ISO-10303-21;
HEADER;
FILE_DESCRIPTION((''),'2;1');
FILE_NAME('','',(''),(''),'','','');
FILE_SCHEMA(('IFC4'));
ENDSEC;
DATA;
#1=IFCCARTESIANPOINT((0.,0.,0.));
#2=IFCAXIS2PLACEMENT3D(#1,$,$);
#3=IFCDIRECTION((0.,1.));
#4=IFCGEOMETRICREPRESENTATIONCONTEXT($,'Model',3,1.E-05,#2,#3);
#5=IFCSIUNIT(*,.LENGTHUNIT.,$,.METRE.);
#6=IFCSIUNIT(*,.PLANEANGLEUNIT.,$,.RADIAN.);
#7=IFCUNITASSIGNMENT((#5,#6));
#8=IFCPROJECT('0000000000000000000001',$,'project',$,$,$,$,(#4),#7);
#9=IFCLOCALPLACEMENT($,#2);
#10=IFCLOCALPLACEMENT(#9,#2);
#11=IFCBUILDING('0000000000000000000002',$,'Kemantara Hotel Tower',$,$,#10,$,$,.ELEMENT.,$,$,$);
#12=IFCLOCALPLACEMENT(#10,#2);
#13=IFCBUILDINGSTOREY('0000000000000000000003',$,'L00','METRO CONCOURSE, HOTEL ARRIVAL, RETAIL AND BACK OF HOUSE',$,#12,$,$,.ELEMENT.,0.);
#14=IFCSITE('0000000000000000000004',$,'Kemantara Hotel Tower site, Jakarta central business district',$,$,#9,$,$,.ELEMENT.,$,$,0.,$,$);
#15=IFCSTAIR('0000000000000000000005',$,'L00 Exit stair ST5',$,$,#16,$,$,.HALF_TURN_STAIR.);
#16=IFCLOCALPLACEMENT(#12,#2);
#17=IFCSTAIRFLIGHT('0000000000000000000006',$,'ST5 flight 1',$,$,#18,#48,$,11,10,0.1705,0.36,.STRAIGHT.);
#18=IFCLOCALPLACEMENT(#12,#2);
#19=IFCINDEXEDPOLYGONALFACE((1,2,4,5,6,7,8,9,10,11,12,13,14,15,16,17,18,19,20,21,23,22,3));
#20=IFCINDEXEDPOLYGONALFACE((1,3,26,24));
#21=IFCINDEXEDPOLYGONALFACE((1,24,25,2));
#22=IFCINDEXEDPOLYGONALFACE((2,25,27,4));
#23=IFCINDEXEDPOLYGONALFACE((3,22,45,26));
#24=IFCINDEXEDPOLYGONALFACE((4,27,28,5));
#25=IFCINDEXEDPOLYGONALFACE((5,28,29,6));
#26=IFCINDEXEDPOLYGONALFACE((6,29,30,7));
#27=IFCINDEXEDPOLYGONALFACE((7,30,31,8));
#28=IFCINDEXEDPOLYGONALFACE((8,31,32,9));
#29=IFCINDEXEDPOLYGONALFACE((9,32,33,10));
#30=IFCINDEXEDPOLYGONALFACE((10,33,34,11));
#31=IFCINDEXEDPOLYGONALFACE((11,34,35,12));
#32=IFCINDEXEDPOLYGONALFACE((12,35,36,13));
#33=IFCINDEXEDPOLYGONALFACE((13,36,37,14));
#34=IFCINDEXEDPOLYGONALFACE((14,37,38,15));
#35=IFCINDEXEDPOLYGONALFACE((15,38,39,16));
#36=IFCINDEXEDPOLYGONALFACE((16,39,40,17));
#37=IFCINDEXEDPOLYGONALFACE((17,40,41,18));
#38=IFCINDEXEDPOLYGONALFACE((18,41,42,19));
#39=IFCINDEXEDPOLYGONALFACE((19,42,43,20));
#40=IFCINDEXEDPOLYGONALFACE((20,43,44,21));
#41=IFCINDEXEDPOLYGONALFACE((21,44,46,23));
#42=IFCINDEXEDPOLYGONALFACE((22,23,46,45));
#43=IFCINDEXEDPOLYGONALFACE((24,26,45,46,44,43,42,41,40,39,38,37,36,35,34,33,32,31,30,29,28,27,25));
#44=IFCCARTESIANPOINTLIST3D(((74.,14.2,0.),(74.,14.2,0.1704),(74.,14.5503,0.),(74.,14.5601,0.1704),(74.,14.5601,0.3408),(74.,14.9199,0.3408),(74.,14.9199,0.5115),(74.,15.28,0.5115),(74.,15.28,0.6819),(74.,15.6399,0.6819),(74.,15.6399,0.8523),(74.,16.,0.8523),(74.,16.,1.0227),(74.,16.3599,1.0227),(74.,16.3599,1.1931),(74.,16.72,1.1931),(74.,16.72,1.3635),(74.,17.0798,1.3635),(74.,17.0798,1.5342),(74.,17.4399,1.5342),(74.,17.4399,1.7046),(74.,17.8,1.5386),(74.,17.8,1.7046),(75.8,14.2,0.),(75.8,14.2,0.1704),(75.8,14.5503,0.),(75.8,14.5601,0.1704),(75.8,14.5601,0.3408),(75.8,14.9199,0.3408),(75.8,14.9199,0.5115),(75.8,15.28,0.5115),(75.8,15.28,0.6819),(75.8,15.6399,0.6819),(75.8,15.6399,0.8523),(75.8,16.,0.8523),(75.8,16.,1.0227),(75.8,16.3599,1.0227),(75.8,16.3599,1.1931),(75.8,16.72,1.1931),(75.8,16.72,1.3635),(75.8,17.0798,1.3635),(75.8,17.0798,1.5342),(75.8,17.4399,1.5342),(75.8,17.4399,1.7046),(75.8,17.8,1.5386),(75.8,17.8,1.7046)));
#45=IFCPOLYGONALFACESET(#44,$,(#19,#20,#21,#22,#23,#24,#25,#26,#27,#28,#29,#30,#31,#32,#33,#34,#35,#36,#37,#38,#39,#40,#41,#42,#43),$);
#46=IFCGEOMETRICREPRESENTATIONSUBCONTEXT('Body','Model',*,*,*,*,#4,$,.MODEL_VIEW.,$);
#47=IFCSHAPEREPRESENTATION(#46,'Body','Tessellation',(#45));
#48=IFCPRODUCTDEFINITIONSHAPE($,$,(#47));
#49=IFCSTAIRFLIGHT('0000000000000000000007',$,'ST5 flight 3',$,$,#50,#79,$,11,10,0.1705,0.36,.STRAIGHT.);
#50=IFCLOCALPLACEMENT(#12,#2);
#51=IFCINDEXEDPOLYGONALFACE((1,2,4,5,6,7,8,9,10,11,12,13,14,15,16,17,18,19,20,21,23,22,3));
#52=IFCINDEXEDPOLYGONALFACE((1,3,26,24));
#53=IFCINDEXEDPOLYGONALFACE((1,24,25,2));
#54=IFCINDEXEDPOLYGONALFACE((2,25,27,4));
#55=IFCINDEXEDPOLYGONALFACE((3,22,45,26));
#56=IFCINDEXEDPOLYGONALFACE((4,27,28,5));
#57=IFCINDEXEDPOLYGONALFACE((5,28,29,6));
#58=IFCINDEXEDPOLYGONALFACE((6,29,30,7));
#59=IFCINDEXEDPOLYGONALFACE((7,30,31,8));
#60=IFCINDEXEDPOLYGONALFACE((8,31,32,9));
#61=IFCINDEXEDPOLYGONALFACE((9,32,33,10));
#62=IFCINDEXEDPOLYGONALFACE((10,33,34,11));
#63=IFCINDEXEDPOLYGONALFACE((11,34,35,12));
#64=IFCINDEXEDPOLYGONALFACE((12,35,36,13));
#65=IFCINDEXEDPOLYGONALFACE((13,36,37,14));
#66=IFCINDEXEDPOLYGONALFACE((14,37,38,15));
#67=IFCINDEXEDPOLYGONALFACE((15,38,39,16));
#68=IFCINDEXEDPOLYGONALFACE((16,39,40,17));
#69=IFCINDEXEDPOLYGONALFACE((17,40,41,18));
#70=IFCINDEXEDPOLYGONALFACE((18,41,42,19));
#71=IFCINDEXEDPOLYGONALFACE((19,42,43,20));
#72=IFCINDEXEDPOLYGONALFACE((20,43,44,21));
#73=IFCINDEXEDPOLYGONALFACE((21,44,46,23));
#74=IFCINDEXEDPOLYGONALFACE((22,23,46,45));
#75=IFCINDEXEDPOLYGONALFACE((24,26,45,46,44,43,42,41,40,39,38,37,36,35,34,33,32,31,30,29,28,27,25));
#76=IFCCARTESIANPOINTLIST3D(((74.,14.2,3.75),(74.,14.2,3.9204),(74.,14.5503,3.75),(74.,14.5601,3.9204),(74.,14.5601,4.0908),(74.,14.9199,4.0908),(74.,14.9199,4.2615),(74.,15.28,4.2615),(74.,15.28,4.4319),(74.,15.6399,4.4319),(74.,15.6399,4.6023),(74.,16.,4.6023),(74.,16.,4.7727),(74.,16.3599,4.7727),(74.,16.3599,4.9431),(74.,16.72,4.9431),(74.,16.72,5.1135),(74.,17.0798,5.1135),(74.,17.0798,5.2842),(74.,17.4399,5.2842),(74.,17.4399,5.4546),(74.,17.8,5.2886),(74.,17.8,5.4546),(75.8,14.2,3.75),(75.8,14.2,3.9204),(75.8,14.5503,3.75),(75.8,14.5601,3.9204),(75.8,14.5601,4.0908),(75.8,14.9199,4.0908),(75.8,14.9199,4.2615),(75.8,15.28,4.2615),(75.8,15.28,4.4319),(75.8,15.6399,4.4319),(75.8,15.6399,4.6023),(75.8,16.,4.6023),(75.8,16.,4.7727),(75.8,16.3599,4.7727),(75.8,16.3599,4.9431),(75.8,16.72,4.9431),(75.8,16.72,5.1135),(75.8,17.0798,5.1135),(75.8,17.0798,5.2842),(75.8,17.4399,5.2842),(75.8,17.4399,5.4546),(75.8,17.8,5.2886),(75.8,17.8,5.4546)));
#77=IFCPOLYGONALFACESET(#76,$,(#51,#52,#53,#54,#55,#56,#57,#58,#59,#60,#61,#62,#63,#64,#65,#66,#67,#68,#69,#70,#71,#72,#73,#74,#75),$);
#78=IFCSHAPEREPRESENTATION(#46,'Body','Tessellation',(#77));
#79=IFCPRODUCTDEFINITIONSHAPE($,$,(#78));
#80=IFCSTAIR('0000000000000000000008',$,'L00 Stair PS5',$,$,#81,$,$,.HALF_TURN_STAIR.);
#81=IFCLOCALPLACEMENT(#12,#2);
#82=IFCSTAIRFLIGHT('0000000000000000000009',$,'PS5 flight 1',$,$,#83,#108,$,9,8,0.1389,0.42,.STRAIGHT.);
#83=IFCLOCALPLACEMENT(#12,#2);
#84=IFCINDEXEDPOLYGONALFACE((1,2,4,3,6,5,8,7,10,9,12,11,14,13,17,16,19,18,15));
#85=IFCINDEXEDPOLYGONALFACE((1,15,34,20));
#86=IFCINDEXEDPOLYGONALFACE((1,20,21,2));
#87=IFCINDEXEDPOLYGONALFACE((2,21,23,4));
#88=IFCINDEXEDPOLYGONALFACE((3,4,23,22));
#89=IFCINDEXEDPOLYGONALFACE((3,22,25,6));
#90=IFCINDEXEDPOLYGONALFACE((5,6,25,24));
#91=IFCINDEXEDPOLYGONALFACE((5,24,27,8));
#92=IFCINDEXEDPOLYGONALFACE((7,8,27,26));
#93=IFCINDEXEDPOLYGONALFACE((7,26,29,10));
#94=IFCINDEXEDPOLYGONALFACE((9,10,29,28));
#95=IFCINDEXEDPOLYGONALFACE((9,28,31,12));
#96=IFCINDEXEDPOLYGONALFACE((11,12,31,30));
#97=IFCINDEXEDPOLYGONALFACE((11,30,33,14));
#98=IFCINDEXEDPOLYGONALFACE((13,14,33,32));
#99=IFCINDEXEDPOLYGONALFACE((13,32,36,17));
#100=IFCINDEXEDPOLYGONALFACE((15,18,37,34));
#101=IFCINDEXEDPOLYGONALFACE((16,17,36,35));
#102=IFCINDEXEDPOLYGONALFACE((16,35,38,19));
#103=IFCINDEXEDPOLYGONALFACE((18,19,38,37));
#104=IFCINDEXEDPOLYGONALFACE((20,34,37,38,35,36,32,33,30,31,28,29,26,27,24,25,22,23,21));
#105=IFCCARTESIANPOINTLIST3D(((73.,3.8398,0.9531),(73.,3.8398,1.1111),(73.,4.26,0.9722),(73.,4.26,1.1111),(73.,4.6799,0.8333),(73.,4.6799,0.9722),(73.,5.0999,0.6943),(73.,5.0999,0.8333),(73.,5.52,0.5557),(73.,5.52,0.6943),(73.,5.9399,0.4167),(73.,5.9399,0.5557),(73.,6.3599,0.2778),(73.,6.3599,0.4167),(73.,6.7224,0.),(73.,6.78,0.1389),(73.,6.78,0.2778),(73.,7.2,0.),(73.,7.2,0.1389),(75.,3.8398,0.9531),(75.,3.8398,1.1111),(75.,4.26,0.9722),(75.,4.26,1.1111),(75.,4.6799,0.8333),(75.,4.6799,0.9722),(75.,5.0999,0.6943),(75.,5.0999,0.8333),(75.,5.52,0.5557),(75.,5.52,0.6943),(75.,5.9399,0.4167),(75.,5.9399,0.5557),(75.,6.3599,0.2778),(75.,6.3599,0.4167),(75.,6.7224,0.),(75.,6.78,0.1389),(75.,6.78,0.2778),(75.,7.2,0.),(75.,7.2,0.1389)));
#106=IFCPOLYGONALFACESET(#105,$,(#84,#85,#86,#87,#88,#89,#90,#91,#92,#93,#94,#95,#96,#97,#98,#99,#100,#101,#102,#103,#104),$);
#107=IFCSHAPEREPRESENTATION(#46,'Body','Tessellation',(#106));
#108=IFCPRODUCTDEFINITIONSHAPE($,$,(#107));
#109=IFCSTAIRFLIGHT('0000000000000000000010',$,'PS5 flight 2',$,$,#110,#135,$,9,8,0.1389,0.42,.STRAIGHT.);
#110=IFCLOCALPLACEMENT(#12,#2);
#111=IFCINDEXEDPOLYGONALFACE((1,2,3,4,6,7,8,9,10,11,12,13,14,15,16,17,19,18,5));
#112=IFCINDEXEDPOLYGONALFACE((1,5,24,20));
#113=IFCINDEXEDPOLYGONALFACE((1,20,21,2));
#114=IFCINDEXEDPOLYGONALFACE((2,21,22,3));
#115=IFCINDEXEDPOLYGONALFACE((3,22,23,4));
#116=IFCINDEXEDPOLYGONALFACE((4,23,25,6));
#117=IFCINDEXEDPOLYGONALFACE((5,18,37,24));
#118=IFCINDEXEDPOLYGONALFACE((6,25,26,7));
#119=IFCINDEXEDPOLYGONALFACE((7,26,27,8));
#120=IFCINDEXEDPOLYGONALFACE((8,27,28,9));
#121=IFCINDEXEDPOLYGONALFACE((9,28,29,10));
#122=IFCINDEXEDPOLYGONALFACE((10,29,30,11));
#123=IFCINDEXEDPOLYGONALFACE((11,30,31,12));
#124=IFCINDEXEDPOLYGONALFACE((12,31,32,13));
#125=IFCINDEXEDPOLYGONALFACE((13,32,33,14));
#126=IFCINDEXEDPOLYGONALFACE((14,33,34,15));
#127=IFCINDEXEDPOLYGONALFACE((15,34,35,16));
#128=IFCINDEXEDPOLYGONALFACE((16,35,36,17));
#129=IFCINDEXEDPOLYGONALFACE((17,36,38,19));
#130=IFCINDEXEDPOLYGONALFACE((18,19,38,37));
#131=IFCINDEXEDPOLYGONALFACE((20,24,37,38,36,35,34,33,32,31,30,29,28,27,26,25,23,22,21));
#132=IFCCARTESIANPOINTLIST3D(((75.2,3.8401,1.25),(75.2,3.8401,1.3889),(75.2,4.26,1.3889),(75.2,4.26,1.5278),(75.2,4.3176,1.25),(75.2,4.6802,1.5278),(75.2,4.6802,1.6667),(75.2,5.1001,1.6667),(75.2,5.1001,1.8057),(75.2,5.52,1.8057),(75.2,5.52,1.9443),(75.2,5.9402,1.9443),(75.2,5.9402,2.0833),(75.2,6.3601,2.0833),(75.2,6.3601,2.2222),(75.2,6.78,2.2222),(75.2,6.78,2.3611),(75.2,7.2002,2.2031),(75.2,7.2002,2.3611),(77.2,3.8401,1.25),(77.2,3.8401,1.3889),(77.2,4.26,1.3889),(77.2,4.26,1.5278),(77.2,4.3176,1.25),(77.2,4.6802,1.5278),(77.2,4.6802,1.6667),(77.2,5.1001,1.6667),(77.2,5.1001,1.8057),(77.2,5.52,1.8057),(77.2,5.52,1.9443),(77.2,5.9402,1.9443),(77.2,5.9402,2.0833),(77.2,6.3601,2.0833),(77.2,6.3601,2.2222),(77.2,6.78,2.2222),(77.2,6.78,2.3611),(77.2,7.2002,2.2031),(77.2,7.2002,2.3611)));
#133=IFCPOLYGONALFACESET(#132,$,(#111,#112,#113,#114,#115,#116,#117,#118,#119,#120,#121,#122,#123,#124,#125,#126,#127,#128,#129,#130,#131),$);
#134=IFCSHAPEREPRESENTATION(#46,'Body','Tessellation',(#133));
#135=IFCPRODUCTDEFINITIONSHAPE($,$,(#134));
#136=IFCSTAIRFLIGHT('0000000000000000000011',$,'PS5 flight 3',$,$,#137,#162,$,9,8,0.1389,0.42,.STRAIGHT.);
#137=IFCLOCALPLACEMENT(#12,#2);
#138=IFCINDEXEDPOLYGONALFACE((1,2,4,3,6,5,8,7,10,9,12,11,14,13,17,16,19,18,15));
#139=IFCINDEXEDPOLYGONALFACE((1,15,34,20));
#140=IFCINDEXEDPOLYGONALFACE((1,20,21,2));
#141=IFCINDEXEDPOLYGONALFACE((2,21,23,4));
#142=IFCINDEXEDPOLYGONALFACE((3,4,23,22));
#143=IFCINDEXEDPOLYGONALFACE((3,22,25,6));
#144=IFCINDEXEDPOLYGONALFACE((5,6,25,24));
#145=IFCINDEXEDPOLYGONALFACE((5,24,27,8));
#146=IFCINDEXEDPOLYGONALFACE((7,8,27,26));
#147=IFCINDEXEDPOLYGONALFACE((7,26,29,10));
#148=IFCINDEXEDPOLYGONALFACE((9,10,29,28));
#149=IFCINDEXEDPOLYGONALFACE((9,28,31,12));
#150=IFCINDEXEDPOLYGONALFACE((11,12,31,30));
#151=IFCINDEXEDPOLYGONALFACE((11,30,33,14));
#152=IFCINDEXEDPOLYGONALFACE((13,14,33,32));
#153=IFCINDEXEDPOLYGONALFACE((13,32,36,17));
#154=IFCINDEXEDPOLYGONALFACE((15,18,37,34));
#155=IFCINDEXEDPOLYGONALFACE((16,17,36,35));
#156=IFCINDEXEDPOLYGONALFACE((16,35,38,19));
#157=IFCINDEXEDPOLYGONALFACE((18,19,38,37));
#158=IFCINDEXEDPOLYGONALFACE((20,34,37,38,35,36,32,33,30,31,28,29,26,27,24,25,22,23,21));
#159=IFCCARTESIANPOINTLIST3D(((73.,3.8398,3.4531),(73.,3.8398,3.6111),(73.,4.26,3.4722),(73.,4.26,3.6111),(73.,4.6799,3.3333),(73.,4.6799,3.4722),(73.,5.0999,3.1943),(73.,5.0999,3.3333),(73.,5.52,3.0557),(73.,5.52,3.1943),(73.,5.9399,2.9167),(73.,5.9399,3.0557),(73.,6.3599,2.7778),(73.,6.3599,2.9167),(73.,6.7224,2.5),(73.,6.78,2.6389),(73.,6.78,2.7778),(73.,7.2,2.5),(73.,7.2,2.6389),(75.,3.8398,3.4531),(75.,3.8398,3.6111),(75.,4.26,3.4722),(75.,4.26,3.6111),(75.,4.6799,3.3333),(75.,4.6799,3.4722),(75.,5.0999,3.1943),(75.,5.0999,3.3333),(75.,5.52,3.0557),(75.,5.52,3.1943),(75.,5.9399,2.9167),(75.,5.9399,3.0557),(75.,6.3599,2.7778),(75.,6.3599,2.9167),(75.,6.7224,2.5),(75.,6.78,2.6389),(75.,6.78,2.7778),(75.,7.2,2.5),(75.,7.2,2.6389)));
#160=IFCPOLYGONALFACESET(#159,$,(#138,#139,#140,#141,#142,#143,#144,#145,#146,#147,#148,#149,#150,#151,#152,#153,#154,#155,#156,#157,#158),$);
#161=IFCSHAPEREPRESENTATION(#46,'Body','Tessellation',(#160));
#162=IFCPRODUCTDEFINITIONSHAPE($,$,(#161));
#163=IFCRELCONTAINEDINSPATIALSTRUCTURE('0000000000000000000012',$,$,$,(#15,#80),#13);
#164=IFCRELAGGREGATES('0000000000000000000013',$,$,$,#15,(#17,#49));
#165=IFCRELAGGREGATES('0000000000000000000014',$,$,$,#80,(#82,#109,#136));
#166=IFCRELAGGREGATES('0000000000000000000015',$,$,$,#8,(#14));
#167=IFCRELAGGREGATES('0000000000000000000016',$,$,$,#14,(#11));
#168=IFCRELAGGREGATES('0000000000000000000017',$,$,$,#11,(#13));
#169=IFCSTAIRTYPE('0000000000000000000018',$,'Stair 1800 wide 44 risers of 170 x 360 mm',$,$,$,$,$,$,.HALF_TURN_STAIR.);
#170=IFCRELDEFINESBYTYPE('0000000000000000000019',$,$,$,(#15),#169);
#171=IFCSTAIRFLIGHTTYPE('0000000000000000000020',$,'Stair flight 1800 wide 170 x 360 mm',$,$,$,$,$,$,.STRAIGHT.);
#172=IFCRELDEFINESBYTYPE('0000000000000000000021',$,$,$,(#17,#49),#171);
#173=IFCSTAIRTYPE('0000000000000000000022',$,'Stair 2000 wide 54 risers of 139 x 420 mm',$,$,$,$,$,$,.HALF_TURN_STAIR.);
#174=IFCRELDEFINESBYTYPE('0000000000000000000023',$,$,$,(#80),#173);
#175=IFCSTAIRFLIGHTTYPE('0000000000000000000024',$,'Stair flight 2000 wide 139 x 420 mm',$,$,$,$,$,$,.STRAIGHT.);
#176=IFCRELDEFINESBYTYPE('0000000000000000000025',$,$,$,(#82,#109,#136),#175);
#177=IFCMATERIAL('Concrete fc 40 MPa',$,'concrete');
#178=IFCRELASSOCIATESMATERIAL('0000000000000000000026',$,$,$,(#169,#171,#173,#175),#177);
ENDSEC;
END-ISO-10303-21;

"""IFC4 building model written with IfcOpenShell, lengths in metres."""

from ifc_helpers import new_model, si_unit, direction, frame, origin, place, context, subcontext, project, spatial, polyline, outline, extrude, material, type_object, element, aggregate, save


model = new_model("IFC4")

# Units and contexts
model_context = context("Model", 3, precision=1e-05, world=origin(), true_north=direction((0.0, 1.0)))
body_context = subcontext(model_context, "Body", "Model", "MODEL_VIEW")
ifc_project = project(units=[si_unit("LENGTHUNIT", "METRE"), si_unit("PLANEANGLEUNIT", "RADIAN")], contexts=[model_context])

# Site, building, storey
site_placement = place(None, origin())
site = spatial("IfcSite", under=ifc_project, at=site_placement, Name="Kemantara Hotel Tower site, Jakarta central business district", CompositionType="ELEMENT", RefElevation=0.0)
building_placement = place(site_placement, origin())
building = spatial("IfcBuilding", under=site, at=building_placement, Name="Kemantara Hotel Tower", CompositionType="ELEMENT")
storey_placement = place(building_placement, origin())
storey = spatial("IfcBuildingStorey", under=building, at=storey_placement, Name="L00", Description="METRO CONCOURSE, HOTEL ARRIVAL, RETAIL AND BACK OF HOUSE", CompositionType="ELEMENT", Elevation=0.0)

# Shared definitions
ifc_material_1 = material(Name="Concrete fc 40 MPa", Category="concrete")

# Stairs, stair flights
stair_type_1 = type_object("IfcStairType", Name="Stair 1800 wide 44 risers of 170 x 360 mm", PredefinedType="HALF_TURN_STAIR", material=ifc_material_1)
stair_1_placement = place(storey_placement, origin())
stair_1 = element("IfcStair", 1, at=stair_1_placement, inside=storey, type_object=stair_type_1, Name="L00 Exit stair ST5", PredefinedType="HALF_TURN_STAIR")
stair_flight_type_1 = type_object("IfcStairFlightType", Name="Stair flight 1800 wide 170 x 360 mm", PredefinedType="STRAIGHT", material=ifc_material_1)
stair_flight_1_placement = place(storey_placement, frame((74.8999, 14.2, 0.0), z_axis=(0.0, 0.0, 1.0), x_axis=(0.0, 1.0, 0.0)))
stair_flight_1 = element("IfcStairFlight", 2, at=stair_flight_1_placement, type_object=stair_flight_type_1, Name="ST5 flight 1", NumberOfRisers=11, NumberOfTreads=10, PredefinedType="STRAIGHT", RiserHeight=0.1705, TreadLength=0.36, context=body_context, shape_type="SweptSolid", body=[
    extrude(outline(polyline([(0.0, 0.0), (0.0, 0.1704), (0.3601, 0.1704), (0.3601, 0.3408), (0.72, 0.3408), (0.72, 0.5115), (1.0801, 0.5115), (1.0801, 0.6819), (1.4399, 0.6819), (1.4399, 0.8523), (1.8, 0.8523), (1.8, 1.0227), (2.1599, 1.0227), (2.1599, 1.1931), (2.52, 1.1931), (2.52, 1.3635), (2.8799, 1.3635), (2.8799, 1.5342), (3.24, 1.5342), (3.24, 1.7046), (3.6001, 1.7046), (3.6001, 1.875), (3.6001, 1.5386), (0.3503, 0.0), (0.0, 0.0)])), frame((0.0, 0.8999, 0.0), z_axis=(0.0, -1.0, 0.0), x_axis=(1.0, 0.0, 0.0)), (0.0, 0.0, 1.0), 1.8),
])
stair_flight_2_placement = place(storey_placement, frame((74.8999, 14.2, 3.75), z_axis=(0.0, 0.0, 1.0), x_axis=(0.0, 1.0, 0.0)))
stair_flight_2 = element("IfcStairFlight", 3, at=stair_flight_2_placement, type_object=stair_flight_type_1, Name="ST5 flight 3", NumberOfRisers=11, NumberOfTreads=10, PredefinedType="STRAIGHT", RiserHeight=0.1705, TreadLength=0.36, context=body_context, shape_type="SweptSolid", body=[
    extrude(outline(polyline([(0.0, 0.0), (0.0, 0.1704), (0.3601, 0.1704), (0.3601, 0.3408), (0.72, 0.3408), (0.72, 0.5115), (1.0801, 0.5115), (1.0801, 0.6819), (1.4399, 0.6819), (1.4399, 0.8523), (1.8, 0.8523), (1.8, 1.0227), (2.1599, 1.0227), (2.1599, 1.1931), (2.52, 1.1931), (2.52, 1.3635), (2.8799, 1.3635), (2.8799, 1.5342), (3.24, 1.5342), (3.24, 1.7046), (3.6001, 1.7046), (3.6001, 1.875), (3.6001, 1.5386), (0.3503, 0.0), (0.0, 0.0)])), frame((0.0, 0.8999, 0.0), z_axis=(0.0, -1.0, 0.0), x_axis=(1.0, 0.0, 0.0)), (0.0, 0.0, 1.0), 1.8),
])
aggregate(stair_1, [stair_flight_1, stair_flight_2])
stair_type_2 = type_object("IfcStairType", Name="Stair 2000 wide 54 risers of 139 x 420 mm", PredefinedType="HALF_TURN_STAIR", material=ifc_material_1)
stair_2_placement = place(storey_placement, origin())
stair_2 = element("IfcStair", 4, at=stair_2_placement, inside=storey, type_object=stair_type_2, Name="L00 Stair PS5", PredefinedType="HALF_TURN_STAIR")
stair_flight_type_2 = type_object("IfcStairFlightType", Name="Stair flight 2000 wide 139 x 420 mm", PredefinedType="STRAIGHT", material=ifc_material_1)
stair_flight_3_placement = place(storey_placement, frame((74.0, 7.2, 0.0), z_axis=(0.0, 0.0, 1.0), x_axis=(0.0, -1.0, 0.0)))
stair_flight_3 = element("IfcStairFlight", 5, at=stair_flight_3_placement, type_object=stair_flight_type_2, Name="PS5 flight 1", NumberOfRisers=9, NumberOfTreads=8, PredefinedType="STRAIGHT", RiserHeight=0.1389, TreadLength=0.42, context=body_context, shape_type="SweptSolid", body=[
    extrude(outline(polyline([(0.0, 0.0), (0.0, 0.1389), (0.4199, 0.1389), (0.4199, 0.2778), (0.8401, 0.2778), (0.8401, 0.4167), (1.26, 0.4167), (1.26, 0.5557), (1.6799, 0.5557), (1.6799, 0.6943), (2.1001, 0.6943), (2.1001, 0.8333), (2.52, 0.8333), (2.52, 0.9722), (2.9399, 0.9722), (2.9399, 1.1111), (3.3601, 1.1111), (3.3601, 1.25), (3.3601, 0.9531), (0.4775, 0.0), (0.0, 0.0)])), frame((0.0, 1.0, 0.0), z_axis=(0.0, -1.0, 0.0), x_axis=(1.0, 0.0, 0.0)), (0.0, 0.0, 1.0), 2.0),
])
stair_flight_4_placement = place(storey_placement, frame((76.2, 3.8401, 1.25), z_axis=(0.0, 0.0, 1.0), x_axis=(0.0, 1.0, 0.0)))
stair_flight_4 = element("IfcStairFlight", 6, at=stair_flight_4_placement, type_object=stair_flight_type_2, Name="PS5 flight 2", NumberOfRisers=9, NumberOfTreads=8, PredefinedType="STRAIGHT", RiserHeight=0.1389, TreadLength=0.42, context=body_context, shape_type="SweptSolid", body=[
    extrude(outline(polyline([(0.0, 0.0), (0.0, 0.1389), (0.4199, 0.1389), (0.4199, 0.2778), (0.8401, 0.2778), (0.8401, 0.4167), (1.26, 0.4167), (1.26, 0.5557), (1.6799, 0.5557), (1.6799, 0.6943), (2.1001, 0.6943), (2.1001, 0.8333), (2.52, 0.8333), (2.52, 0.9722), (2.9399, 0.9722), (2.9399, 1.1111), (3.3601, 1.1111), (3.3601, 1.25), (3.3601, 0.9531), (0.4775, 0.0), (0.0, 0.0)])), frame((0.0, 1.0, 0.0), z_axis=(0.0, -1.0, 0.0), x_axis=(1.0, 0.0, 0.0)), (0.0, 0.0, 1.0), 2.0),
])
stair_flight_5_placement = place(storey_placement, frame((74.0, 7.2, 2.5), z_axis=(0.0, 0.0, 1.0), x_axis=(0.0, -1.0, 0.0)))
stair_flight_5 = element("IfcStairFlight", 7, at=stair_flight_5_placement, type_object=stair_flight_type_2, Name="PS5 flight 3", NumberOfRisers=9, NumberOfTreads=8, PredefinedType="STRAIGHT", RiserHeight=0.1389, TreadLength=0.42, context=body_context, shape_type="SweptSolid", body=[
    extrude(outline(polyline([(0.0, 0.0), (0.0, 0.1389), (0.4199, 0.1389), (0.4199, 0.2778), (0.8401, 0.2778), (0.8401, 0.4167), (1.26, 0.4167), (1.26, 0.5557), (1.6799, 0.5557), (1.6799, 0.6943), (2.1001, 0.6943), (2.1001, 0.8333), (2.52, 0.8333), (2.52, 0.9722), (2.9399, 0.9722), (2.9399, 1.1111), (3.3601, 1.1111), (3.3601, 1.25), (3.3601, 0.9531), (0.4775, 0.0), (0.0, 0.0)])), frame((0.0, 1.0, 0.0), z_axis=(0.0, -1.0, 0.0), x_axis=(1.0, 0.0, 0.0)), (0.0, 0.0, 1.0), 2.0),
])
aggregate(stair_2, [stair_flight_3, stair_flight_4, stair_flight_5])

save(model, "model.ifc")
